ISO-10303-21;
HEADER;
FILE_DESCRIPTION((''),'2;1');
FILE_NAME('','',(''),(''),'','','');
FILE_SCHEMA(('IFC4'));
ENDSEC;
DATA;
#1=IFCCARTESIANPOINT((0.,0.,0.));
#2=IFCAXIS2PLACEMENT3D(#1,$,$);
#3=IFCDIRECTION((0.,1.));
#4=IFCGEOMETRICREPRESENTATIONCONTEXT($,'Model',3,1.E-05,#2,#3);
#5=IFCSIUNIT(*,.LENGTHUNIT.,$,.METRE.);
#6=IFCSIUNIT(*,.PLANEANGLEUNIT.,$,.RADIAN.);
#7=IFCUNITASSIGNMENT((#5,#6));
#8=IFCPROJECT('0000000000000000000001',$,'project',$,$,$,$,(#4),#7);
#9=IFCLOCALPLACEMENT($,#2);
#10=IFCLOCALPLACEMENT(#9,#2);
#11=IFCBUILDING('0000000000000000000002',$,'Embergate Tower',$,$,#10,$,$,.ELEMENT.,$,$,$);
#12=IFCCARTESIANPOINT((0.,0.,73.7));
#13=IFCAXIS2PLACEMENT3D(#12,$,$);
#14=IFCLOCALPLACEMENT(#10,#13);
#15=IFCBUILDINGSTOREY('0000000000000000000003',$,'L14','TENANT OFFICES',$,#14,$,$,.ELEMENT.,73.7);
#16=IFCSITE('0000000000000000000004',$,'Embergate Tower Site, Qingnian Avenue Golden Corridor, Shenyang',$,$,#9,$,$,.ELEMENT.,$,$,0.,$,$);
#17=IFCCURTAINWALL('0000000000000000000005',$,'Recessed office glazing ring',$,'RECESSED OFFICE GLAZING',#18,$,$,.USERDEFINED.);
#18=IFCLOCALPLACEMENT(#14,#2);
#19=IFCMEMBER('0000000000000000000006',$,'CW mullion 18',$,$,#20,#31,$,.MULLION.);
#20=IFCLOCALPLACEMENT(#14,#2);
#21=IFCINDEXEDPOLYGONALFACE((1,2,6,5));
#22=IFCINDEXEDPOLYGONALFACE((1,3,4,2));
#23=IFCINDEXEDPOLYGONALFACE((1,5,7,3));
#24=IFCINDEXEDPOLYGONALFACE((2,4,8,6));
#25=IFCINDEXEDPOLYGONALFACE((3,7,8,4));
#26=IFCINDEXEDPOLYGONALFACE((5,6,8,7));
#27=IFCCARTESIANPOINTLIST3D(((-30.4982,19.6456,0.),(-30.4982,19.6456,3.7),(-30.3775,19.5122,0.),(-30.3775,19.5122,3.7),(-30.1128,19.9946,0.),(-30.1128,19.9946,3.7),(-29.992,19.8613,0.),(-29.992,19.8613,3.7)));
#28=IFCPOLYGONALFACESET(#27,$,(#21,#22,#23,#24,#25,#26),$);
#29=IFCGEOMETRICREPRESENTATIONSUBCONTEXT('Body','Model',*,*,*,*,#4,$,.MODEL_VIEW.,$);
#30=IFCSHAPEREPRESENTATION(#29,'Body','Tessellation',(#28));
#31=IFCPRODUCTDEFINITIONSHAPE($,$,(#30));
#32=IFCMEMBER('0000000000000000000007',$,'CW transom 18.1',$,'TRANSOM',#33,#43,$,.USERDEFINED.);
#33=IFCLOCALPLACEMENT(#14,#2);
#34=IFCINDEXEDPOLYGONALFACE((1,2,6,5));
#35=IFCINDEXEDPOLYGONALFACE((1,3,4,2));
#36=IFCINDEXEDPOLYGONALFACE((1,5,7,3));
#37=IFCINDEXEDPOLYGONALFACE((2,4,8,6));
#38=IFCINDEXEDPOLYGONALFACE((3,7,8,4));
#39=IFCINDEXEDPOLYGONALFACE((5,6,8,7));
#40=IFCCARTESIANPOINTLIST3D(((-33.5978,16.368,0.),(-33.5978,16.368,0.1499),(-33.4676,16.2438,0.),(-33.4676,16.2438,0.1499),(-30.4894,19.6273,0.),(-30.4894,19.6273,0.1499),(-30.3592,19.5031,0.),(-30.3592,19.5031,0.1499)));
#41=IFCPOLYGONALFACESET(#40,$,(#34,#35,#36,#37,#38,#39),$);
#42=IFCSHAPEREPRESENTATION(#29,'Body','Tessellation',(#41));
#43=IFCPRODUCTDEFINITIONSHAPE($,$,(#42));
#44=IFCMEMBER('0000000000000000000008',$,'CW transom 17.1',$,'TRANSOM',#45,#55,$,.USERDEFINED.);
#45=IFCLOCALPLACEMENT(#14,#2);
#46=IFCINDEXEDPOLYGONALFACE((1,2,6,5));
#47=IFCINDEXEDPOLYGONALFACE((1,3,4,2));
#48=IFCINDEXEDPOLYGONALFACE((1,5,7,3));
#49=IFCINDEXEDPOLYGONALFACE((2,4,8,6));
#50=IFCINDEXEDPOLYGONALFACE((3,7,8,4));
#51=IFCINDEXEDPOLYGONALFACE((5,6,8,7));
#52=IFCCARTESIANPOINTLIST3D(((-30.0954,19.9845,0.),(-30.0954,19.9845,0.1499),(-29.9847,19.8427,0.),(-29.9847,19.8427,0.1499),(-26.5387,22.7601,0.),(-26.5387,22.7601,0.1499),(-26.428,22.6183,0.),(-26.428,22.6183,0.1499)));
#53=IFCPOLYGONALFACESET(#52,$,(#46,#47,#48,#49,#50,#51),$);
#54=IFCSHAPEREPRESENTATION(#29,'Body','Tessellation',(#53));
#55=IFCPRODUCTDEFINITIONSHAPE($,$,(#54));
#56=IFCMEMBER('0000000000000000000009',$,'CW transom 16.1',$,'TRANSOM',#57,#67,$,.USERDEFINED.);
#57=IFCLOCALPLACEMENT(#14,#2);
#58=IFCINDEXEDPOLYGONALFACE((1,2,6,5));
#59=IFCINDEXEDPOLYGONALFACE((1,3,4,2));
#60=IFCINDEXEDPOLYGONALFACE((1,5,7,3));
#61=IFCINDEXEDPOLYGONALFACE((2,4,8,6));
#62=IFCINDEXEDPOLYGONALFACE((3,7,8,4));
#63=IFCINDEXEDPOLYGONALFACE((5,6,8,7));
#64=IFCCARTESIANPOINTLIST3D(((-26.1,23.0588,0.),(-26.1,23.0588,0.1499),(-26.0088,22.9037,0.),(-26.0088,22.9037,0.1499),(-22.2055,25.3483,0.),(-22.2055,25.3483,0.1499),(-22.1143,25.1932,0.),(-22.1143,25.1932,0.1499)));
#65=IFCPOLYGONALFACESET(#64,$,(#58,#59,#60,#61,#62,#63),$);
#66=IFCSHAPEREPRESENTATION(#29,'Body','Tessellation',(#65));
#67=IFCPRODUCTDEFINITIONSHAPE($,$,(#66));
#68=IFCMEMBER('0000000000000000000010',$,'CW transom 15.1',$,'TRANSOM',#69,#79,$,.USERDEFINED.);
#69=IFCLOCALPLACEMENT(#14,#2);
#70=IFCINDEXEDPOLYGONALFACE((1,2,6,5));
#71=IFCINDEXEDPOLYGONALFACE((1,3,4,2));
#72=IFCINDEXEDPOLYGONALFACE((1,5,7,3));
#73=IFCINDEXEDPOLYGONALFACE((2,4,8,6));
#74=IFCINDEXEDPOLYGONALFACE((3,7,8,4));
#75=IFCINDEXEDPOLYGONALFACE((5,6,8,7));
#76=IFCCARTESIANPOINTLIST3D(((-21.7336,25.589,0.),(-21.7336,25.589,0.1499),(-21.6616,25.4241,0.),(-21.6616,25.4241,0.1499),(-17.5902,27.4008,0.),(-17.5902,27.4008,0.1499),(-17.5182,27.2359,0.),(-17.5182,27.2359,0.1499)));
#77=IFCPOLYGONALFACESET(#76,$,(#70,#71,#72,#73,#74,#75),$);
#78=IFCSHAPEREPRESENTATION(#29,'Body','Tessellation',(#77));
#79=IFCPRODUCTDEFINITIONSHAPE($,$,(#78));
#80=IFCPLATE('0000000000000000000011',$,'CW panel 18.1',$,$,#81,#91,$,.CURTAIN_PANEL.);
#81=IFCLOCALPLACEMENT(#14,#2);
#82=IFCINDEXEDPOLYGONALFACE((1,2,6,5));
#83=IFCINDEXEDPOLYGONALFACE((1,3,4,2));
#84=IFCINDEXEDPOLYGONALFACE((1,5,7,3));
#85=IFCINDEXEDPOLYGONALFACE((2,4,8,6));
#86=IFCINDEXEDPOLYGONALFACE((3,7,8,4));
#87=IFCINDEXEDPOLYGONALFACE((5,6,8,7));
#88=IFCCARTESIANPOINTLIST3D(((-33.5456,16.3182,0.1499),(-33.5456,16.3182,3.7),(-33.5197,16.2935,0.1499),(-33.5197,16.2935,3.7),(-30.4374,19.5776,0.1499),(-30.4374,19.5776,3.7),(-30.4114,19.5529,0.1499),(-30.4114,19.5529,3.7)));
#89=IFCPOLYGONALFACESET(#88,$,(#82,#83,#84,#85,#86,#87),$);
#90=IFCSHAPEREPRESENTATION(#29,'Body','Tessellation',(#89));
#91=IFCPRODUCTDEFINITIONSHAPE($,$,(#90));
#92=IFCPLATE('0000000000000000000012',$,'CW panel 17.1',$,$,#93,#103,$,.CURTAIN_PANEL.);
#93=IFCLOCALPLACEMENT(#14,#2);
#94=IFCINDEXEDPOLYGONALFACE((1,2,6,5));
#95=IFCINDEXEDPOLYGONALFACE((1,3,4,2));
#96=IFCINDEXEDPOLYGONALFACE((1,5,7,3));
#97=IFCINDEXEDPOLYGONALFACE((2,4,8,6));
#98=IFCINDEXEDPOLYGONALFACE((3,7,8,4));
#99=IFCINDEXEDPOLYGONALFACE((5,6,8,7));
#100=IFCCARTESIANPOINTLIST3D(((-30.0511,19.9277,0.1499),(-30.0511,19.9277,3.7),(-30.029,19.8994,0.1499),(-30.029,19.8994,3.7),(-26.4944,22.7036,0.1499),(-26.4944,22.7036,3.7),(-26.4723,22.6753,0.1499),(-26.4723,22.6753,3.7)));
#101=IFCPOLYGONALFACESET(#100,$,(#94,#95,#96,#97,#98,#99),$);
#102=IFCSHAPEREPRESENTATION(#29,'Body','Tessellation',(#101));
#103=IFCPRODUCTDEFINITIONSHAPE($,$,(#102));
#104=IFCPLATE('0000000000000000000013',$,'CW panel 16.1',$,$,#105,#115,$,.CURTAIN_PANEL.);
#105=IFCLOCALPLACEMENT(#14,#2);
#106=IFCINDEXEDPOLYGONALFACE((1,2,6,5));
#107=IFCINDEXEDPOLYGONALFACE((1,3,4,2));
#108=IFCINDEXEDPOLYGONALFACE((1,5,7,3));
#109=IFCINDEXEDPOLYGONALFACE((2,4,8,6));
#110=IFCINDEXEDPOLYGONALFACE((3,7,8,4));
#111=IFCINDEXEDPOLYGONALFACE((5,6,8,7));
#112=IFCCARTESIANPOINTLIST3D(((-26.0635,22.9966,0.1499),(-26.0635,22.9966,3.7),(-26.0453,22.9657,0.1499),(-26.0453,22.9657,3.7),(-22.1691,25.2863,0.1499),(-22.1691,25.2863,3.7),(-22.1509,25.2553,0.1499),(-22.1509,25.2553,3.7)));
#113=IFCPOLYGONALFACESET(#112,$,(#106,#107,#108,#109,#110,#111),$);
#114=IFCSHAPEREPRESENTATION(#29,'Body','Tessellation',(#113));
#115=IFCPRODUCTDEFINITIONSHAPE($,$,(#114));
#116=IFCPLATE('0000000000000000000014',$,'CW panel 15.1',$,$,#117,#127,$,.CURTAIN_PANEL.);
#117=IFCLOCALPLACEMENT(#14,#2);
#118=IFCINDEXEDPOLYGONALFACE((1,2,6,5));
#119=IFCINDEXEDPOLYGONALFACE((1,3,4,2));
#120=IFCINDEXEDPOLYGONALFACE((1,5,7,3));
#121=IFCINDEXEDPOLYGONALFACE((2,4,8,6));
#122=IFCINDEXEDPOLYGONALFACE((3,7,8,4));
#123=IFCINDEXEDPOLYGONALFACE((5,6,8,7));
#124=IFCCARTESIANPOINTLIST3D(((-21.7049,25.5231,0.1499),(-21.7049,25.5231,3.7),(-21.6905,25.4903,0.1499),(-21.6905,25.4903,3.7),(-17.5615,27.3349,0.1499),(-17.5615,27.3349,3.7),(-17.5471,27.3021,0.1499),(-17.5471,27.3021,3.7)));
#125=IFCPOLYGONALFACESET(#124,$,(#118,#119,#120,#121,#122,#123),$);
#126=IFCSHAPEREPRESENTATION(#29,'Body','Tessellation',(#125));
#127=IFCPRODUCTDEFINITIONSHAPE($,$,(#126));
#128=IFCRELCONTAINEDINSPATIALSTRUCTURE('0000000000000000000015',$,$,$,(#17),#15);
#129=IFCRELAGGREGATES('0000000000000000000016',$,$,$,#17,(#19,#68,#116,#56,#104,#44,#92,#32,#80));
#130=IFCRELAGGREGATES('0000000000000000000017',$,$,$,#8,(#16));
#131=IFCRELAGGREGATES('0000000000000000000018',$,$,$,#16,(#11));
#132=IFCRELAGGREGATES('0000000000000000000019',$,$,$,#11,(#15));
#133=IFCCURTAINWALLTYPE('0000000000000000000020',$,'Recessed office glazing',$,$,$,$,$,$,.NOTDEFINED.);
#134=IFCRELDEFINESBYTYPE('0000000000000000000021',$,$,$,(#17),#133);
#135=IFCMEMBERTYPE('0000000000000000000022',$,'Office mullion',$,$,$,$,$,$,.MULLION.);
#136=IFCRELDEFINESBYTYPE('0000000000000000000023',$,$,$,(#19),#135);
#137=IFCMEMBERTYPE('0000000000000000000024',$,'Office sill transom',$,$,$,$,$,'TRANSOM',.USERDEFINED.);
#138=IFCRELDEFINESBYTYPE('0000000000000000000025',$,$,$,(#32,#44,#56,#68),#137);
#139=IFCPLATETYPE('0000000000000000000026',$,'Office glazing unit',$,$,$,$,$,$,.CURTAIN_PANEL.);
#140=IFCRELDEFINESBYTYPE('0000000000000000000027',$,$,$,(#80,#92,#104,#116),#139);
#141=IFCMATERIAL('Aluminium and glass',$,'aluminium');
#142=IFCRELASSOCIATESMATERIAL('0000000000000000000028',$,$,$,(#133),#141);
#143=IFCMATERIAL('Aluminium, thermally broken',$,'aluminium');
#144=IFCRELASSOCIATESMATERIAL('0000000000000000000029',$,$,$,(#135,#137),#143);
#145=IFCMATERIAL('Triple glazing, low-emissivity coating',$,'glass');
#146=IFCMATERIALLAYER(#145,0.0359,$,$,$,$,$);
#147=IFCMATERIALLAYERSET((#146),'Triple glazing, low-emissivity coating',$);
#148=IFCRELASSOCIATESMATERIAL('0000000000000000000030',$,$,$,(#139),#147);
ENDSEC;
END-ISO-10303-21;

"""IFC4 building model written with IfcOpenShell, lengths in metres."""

from ifc_helpers import new_model, si_unit, direction, frame, origin, origin_2d, place, context, subcontext, project, spatial, rectangle, extrude, source, transform, mapped, material, layer, layer_set, material_profile, profile_set, type_object, element, aggregate, save


model = new_model("IFC4")

# Units and contexts
model_context = context("Model", 3, precision=1e-05, world=origin(), true_north=direction((0.0, 1.0)))
body_context = subcontext(model_context, "Body", "Model", "MODEL_VIEW")
ifc_project = project(units=[si_unit("LENGTHUNIT", "METRE"), si_unit("PLANEANGLEUNIT", "RADIAN")], contexts=[model_context])

# Site, building, storey
site_placement = place(None, origin())
site = spatial("IfcSite", under=ifc_project, at=site_placement, Name="Embergate Tower Site, Qingnian Avenue Golden Corridor, Shenyang", CompositionType="ELEMENT", RefElevation=0.0)
building_placement = place(site_placement, origin())
building = spatial("IfcBuilding", under=site, at=building_placement, Name="Embergate Tower", CompositionType="ELEMENT")
storey_placement = place(building_placement, frame((0.0, 0.0, 73.7)))
storey = spatial("IfcBuildingStorey", under=building, at=storey_placement, Name="L14", Description="TENANT OFFICES", CompositionType="ELEMENT", Elevation=73.7)

# Curtain wall, members, plates
ifc_material_1 = material(Name="Aluminium and glass", Category="aluminium")
curtain_wall_type = type_object("IfcCurtainWallType", Name="Recessed office glazing", PredefinedType="NOTDEFINED", material=ifc_material_1)
curtain_wall_placement = place(storey_placement, origin())
curtain_wall = element("IfcCurtainWall", 1, at=curtain_wall_placement, inside=storey, type_object=curtain_wall_type, Name="Recessed office glazing ring", ObjectType="RECESSED OFFICE GLAZING", PredefinedType="USERDEFINED")
ifc_material_2 = material(Name="Aluminium, thermally broken", Category="aluminium")
ifc_material_profile_1 = material_profile(ifc_material_2, rectangle(XDim=0.1799, YDim=0.52, at=origin_2d()), Name="AL 520x180")
ifc_profile_set_1 = profile_set([ifc_material_profile_1], Name="Aluminium, thermally broken")
member_type_1 = type_object("IfcMemberType", Name="Office mullion", PredefinedType="MULLION", material=ifc_profile_set_1)
shared_shape_1 = source(origin(), body_context, "Body", "SweptSolid", [
    extrude(rectangle(XDim=0.1799, YDim=0.52, at=origin_2d()), origin(), (0.0, 0.0, 1.0), 3.7),
])
member_1_placement = place(storey_placement, frame((-30.2451, 19.7534, 0.0), z_axis=(0.0, 0.0, 1.0), x_axis=(0.671234, -0.741245, 0.0)))
member_1 = element("IfcMember", 2, at=member_1_placement, type_object=member_type_1, Name="CW mullion 18", PredefinedType="MULLION", context=body_context, shape_type="MappedRepresentation", body=[
    mapped(shared_shape_1, transform((0.0, 0.0, 0.0))),
])
ifc_material_profile_2 = material_profile(ifc_material_2, rectangle(XDim=0.1799, YDim=0.1499, at=origin_2d()), Name="AL 150x180")
ifc_profile_set_2 = profile_set([ifc_material_profile_2], Name="Aluminium, thermally broken")
member_type_2 = type_object("IfcMemberType", Name="Office sill transom", ElementType="TRANSOM", PredefinedType="USERDEFINED", material=ifc_profile_set_2)
shared_shape_2 = source(origin(), body_context, "Body", "SweptSolid", [
    extrude(rectangle(XDim=0.1799, YDim=0.1499, at=origin_2d()), origin(), (0.0, 0.0, 1.0), 4.5039),
])
member_2_placement = place(storey_placement, frame((-30.4243, 19.5652, 0.075), z_axis=(-0.690159, -0.723658, 0.0), x_axis=(0.723658, -0.690159, 0.0)))
member_2 = element("IfcMember", 3, at=member_2_placement, type_object=member_type_2, Name="CW transom 18.1", ObjectType="TRANSOM", PredefinedType="USERDEFINED", context=body_context, shape_type="MappedRepresentation", body=[
    mapped(shared_shape_2, transform((0.0, 0.0, 0.0))),
])
shared_shape_3 = source(origin(), body_context, "Body", "SweptSolid", [
    extrude(rectangle(XDim=0.1799, YDim=0.1499, at=origin_2d()), origin(), (0.0, 0.0, 1.0), 4.5115),
])
member_3_placement = place(storey_placement, frame((-26.4834, 22.6892, 0.075), z_axis=(-0.788346, -0.615232, 0.0), x_axis=(0.615232, -0.788346, 0.0)))
member_3 = element("IfcMember", 4, at=member_3_placement, type_object=member_type_2, Name="CW transom 17.1", ObjectType="TRANSOM", PredefinedType="USERDEFINED", context=body_context, shape_type="MappedRepresentation", body=[
    mapped(shared_shape_3, transform((0.0, 0.0, 0.0))),
])
shared_shape_4 = source(origin(), body_context, "Body", "SweptSolid", [
    extrude(rectangle(XDim=0.1799, YDim=0.1499, at=origin_2d()), origin(), (0.0, 0.0, 1.0), 4.5176),
])
member_4_placement = place(storey_placement, frame((-22.1599, 25.2708, 0.075), z_axis=(-0.862065, -0.506798, 0.0), x_axis=(0.506798, -0.862065, 0.0)))
member_4 = element("IfcMember", 5, at=member_4_placement, type_object=member_type_2, Name="CW transom 16.1", ObjectType="TRANSOM", PredefinedType="USERDEFINED", context=body_context, shape_type="MappedRepresentation", body=[
    mapped(shared_shape_4, transform((0.0, 0.0, 0.0))),
])
shared_shape_5 = source(origin(), body_context, "Body", "SweptSolid", [
    extrude(rectangle(XDim=0.1799, YDim=0.1499, at=origin_2d()), origin(), (0.0, 0.0, 1.0), 4.5222),
])
member_5_placement = place(storey_placement, frame((-17.5542, 27.3184, 0.075), z_axis=(-0.916233, -0.400646, 0.0), x_axis=(0.400646, -0.916233, 0.0)))
member_5 = element("IfcMember", 6, at=member_5_placement, type_object=member_type_2, Name="CW transom 15.1", ObjectType="TRANSOM", PredefinedType="USERDEFINED", context=body_context, shape_type="MappedRepresentation", body=[
    mapped(shared_shape_5, transform((0.0, 0.0, 0.0))),
])
ifc_material_3 = material(Name="Triple glazing, low-emissivity coating", Category="glass")
ifc_layer_1 = layer(ifc_material_3, 0.0359)
ifc_layer_set_1 = layer_set([ifc_layer_1], Name="Triple glazing, low-emissivity coating")
plate_type = type_object("IfcPlateType", Name="Office glazing unit", PredefinedType="CURTAIN_PANEL", material=ifc_layer_set_1)
shared_shape_6 = source(origin(), body_context, "Body", "SweptSolid", [
    extrude(rectangle(XDim=4.5039, YDim=0.0359, at=origin_2d()), origin(), (0.0, 0.0, 1.0), 3.55),
])
plate_1_placement = place(storey_placement, frame((-31.9785, 17.9355, 0.1499), z_axis=(0.0, 0.0, 1.0), x_axis=(-0.69013, -0.723685, 0.0)))
plate_1 = element("IfcPlate", 7, at=plate_1_placement, type_object=plate_type, Name="CW panel 18.1", PredefinedType="CURTAIN_PANEL", context=body_context, shape_type="MappedRepresentation", body=[
    mapped(shared_shape_6, transform((0.0, 0.0, 0.0))),
])
shared_shape_7 = source(origin(), body_context, "Body", "SweptSolid", [
    extrude(rectangle(XDim=4.5117, YDim=0.0359, at=origin_2d()), origin(), (0.0, 0.0, 1.0), 3.55),
])
plate_2_placement = place(storey_placement, frame((-28.2617, 21.3015, 0.1499), z_axis=(0.0, 0.0, 1.0), x_axis=(-0.788317, -0.615269, 0.0)))
plate_2 = element("IfcPlate", 8, at=plate_2_placement, type_object=plate_type, Name="CW panel 17.1", PredefinedType="CURTAIN_PANEL", context=body_context, shape_type="MappedRepresentation", body=[
    mapped(shared_shape_7, transform((0.0, 0.0, 0.0))),
])
shared_shape_8 = source(origin(), body_context, "Body", "SweptSolid", [
    extrude(rectangle(XDim=4.5176, YDim=0.0359, at=origin_2d()), origin(), (0.0, 0.0, 1.0), 3.55),
])
plate_3_placement = place(storey_placement, frame((-24.1072, 24.126, 0.1499), z_axis=(0.0, 0.0, 1.0), x_axis=(-0.862051, -0.506822, 0.0)))
plate_3 = element("IfcPlate", 9, at=plate_3_placement, type_object=plate_type, Name="CW panel 16.1", PredefinedType="CURTAIN_PANEL", context=body_context, shape_type="MappedRepresentation", body=[
    mapped(shared_shape_8, transform((0.0, 0.0, 0.0))),
])
shared_shape_9 = source(origin(), body_context, "Body", "SweptSolid", [
    extrude(rectangle(XDim=4.5222, YDim=0.0359, at=origin_2d()), origin(), (0.0, 0.0, 1.0), 3.55),
])
plate_4_placement = place(storey_placement, frame((-19.626, 26.4126, 0.1499), z_axis=(0.0, 0.0, 1.0), x_axis=(-0.916234, -0.400643, 0.0)))
plate_4 = element("IfcPlate", 10, at=plate_4_placement, type_object=plate_type, Name="CW panel 15.1", PredefinedType="CURTAIN_PANEL", context=body_context, shape_type="MappedRepresentation", body=[
    mapped(shared_shape_9, transform((0.0, 0.0, 0.0))),
])
aggregate(curtain_wall, [member_1, member_5, plate_4, member_4, plate_3, member_3, plate_2, member_2, plate_1])

save(model, "model.ifc")
